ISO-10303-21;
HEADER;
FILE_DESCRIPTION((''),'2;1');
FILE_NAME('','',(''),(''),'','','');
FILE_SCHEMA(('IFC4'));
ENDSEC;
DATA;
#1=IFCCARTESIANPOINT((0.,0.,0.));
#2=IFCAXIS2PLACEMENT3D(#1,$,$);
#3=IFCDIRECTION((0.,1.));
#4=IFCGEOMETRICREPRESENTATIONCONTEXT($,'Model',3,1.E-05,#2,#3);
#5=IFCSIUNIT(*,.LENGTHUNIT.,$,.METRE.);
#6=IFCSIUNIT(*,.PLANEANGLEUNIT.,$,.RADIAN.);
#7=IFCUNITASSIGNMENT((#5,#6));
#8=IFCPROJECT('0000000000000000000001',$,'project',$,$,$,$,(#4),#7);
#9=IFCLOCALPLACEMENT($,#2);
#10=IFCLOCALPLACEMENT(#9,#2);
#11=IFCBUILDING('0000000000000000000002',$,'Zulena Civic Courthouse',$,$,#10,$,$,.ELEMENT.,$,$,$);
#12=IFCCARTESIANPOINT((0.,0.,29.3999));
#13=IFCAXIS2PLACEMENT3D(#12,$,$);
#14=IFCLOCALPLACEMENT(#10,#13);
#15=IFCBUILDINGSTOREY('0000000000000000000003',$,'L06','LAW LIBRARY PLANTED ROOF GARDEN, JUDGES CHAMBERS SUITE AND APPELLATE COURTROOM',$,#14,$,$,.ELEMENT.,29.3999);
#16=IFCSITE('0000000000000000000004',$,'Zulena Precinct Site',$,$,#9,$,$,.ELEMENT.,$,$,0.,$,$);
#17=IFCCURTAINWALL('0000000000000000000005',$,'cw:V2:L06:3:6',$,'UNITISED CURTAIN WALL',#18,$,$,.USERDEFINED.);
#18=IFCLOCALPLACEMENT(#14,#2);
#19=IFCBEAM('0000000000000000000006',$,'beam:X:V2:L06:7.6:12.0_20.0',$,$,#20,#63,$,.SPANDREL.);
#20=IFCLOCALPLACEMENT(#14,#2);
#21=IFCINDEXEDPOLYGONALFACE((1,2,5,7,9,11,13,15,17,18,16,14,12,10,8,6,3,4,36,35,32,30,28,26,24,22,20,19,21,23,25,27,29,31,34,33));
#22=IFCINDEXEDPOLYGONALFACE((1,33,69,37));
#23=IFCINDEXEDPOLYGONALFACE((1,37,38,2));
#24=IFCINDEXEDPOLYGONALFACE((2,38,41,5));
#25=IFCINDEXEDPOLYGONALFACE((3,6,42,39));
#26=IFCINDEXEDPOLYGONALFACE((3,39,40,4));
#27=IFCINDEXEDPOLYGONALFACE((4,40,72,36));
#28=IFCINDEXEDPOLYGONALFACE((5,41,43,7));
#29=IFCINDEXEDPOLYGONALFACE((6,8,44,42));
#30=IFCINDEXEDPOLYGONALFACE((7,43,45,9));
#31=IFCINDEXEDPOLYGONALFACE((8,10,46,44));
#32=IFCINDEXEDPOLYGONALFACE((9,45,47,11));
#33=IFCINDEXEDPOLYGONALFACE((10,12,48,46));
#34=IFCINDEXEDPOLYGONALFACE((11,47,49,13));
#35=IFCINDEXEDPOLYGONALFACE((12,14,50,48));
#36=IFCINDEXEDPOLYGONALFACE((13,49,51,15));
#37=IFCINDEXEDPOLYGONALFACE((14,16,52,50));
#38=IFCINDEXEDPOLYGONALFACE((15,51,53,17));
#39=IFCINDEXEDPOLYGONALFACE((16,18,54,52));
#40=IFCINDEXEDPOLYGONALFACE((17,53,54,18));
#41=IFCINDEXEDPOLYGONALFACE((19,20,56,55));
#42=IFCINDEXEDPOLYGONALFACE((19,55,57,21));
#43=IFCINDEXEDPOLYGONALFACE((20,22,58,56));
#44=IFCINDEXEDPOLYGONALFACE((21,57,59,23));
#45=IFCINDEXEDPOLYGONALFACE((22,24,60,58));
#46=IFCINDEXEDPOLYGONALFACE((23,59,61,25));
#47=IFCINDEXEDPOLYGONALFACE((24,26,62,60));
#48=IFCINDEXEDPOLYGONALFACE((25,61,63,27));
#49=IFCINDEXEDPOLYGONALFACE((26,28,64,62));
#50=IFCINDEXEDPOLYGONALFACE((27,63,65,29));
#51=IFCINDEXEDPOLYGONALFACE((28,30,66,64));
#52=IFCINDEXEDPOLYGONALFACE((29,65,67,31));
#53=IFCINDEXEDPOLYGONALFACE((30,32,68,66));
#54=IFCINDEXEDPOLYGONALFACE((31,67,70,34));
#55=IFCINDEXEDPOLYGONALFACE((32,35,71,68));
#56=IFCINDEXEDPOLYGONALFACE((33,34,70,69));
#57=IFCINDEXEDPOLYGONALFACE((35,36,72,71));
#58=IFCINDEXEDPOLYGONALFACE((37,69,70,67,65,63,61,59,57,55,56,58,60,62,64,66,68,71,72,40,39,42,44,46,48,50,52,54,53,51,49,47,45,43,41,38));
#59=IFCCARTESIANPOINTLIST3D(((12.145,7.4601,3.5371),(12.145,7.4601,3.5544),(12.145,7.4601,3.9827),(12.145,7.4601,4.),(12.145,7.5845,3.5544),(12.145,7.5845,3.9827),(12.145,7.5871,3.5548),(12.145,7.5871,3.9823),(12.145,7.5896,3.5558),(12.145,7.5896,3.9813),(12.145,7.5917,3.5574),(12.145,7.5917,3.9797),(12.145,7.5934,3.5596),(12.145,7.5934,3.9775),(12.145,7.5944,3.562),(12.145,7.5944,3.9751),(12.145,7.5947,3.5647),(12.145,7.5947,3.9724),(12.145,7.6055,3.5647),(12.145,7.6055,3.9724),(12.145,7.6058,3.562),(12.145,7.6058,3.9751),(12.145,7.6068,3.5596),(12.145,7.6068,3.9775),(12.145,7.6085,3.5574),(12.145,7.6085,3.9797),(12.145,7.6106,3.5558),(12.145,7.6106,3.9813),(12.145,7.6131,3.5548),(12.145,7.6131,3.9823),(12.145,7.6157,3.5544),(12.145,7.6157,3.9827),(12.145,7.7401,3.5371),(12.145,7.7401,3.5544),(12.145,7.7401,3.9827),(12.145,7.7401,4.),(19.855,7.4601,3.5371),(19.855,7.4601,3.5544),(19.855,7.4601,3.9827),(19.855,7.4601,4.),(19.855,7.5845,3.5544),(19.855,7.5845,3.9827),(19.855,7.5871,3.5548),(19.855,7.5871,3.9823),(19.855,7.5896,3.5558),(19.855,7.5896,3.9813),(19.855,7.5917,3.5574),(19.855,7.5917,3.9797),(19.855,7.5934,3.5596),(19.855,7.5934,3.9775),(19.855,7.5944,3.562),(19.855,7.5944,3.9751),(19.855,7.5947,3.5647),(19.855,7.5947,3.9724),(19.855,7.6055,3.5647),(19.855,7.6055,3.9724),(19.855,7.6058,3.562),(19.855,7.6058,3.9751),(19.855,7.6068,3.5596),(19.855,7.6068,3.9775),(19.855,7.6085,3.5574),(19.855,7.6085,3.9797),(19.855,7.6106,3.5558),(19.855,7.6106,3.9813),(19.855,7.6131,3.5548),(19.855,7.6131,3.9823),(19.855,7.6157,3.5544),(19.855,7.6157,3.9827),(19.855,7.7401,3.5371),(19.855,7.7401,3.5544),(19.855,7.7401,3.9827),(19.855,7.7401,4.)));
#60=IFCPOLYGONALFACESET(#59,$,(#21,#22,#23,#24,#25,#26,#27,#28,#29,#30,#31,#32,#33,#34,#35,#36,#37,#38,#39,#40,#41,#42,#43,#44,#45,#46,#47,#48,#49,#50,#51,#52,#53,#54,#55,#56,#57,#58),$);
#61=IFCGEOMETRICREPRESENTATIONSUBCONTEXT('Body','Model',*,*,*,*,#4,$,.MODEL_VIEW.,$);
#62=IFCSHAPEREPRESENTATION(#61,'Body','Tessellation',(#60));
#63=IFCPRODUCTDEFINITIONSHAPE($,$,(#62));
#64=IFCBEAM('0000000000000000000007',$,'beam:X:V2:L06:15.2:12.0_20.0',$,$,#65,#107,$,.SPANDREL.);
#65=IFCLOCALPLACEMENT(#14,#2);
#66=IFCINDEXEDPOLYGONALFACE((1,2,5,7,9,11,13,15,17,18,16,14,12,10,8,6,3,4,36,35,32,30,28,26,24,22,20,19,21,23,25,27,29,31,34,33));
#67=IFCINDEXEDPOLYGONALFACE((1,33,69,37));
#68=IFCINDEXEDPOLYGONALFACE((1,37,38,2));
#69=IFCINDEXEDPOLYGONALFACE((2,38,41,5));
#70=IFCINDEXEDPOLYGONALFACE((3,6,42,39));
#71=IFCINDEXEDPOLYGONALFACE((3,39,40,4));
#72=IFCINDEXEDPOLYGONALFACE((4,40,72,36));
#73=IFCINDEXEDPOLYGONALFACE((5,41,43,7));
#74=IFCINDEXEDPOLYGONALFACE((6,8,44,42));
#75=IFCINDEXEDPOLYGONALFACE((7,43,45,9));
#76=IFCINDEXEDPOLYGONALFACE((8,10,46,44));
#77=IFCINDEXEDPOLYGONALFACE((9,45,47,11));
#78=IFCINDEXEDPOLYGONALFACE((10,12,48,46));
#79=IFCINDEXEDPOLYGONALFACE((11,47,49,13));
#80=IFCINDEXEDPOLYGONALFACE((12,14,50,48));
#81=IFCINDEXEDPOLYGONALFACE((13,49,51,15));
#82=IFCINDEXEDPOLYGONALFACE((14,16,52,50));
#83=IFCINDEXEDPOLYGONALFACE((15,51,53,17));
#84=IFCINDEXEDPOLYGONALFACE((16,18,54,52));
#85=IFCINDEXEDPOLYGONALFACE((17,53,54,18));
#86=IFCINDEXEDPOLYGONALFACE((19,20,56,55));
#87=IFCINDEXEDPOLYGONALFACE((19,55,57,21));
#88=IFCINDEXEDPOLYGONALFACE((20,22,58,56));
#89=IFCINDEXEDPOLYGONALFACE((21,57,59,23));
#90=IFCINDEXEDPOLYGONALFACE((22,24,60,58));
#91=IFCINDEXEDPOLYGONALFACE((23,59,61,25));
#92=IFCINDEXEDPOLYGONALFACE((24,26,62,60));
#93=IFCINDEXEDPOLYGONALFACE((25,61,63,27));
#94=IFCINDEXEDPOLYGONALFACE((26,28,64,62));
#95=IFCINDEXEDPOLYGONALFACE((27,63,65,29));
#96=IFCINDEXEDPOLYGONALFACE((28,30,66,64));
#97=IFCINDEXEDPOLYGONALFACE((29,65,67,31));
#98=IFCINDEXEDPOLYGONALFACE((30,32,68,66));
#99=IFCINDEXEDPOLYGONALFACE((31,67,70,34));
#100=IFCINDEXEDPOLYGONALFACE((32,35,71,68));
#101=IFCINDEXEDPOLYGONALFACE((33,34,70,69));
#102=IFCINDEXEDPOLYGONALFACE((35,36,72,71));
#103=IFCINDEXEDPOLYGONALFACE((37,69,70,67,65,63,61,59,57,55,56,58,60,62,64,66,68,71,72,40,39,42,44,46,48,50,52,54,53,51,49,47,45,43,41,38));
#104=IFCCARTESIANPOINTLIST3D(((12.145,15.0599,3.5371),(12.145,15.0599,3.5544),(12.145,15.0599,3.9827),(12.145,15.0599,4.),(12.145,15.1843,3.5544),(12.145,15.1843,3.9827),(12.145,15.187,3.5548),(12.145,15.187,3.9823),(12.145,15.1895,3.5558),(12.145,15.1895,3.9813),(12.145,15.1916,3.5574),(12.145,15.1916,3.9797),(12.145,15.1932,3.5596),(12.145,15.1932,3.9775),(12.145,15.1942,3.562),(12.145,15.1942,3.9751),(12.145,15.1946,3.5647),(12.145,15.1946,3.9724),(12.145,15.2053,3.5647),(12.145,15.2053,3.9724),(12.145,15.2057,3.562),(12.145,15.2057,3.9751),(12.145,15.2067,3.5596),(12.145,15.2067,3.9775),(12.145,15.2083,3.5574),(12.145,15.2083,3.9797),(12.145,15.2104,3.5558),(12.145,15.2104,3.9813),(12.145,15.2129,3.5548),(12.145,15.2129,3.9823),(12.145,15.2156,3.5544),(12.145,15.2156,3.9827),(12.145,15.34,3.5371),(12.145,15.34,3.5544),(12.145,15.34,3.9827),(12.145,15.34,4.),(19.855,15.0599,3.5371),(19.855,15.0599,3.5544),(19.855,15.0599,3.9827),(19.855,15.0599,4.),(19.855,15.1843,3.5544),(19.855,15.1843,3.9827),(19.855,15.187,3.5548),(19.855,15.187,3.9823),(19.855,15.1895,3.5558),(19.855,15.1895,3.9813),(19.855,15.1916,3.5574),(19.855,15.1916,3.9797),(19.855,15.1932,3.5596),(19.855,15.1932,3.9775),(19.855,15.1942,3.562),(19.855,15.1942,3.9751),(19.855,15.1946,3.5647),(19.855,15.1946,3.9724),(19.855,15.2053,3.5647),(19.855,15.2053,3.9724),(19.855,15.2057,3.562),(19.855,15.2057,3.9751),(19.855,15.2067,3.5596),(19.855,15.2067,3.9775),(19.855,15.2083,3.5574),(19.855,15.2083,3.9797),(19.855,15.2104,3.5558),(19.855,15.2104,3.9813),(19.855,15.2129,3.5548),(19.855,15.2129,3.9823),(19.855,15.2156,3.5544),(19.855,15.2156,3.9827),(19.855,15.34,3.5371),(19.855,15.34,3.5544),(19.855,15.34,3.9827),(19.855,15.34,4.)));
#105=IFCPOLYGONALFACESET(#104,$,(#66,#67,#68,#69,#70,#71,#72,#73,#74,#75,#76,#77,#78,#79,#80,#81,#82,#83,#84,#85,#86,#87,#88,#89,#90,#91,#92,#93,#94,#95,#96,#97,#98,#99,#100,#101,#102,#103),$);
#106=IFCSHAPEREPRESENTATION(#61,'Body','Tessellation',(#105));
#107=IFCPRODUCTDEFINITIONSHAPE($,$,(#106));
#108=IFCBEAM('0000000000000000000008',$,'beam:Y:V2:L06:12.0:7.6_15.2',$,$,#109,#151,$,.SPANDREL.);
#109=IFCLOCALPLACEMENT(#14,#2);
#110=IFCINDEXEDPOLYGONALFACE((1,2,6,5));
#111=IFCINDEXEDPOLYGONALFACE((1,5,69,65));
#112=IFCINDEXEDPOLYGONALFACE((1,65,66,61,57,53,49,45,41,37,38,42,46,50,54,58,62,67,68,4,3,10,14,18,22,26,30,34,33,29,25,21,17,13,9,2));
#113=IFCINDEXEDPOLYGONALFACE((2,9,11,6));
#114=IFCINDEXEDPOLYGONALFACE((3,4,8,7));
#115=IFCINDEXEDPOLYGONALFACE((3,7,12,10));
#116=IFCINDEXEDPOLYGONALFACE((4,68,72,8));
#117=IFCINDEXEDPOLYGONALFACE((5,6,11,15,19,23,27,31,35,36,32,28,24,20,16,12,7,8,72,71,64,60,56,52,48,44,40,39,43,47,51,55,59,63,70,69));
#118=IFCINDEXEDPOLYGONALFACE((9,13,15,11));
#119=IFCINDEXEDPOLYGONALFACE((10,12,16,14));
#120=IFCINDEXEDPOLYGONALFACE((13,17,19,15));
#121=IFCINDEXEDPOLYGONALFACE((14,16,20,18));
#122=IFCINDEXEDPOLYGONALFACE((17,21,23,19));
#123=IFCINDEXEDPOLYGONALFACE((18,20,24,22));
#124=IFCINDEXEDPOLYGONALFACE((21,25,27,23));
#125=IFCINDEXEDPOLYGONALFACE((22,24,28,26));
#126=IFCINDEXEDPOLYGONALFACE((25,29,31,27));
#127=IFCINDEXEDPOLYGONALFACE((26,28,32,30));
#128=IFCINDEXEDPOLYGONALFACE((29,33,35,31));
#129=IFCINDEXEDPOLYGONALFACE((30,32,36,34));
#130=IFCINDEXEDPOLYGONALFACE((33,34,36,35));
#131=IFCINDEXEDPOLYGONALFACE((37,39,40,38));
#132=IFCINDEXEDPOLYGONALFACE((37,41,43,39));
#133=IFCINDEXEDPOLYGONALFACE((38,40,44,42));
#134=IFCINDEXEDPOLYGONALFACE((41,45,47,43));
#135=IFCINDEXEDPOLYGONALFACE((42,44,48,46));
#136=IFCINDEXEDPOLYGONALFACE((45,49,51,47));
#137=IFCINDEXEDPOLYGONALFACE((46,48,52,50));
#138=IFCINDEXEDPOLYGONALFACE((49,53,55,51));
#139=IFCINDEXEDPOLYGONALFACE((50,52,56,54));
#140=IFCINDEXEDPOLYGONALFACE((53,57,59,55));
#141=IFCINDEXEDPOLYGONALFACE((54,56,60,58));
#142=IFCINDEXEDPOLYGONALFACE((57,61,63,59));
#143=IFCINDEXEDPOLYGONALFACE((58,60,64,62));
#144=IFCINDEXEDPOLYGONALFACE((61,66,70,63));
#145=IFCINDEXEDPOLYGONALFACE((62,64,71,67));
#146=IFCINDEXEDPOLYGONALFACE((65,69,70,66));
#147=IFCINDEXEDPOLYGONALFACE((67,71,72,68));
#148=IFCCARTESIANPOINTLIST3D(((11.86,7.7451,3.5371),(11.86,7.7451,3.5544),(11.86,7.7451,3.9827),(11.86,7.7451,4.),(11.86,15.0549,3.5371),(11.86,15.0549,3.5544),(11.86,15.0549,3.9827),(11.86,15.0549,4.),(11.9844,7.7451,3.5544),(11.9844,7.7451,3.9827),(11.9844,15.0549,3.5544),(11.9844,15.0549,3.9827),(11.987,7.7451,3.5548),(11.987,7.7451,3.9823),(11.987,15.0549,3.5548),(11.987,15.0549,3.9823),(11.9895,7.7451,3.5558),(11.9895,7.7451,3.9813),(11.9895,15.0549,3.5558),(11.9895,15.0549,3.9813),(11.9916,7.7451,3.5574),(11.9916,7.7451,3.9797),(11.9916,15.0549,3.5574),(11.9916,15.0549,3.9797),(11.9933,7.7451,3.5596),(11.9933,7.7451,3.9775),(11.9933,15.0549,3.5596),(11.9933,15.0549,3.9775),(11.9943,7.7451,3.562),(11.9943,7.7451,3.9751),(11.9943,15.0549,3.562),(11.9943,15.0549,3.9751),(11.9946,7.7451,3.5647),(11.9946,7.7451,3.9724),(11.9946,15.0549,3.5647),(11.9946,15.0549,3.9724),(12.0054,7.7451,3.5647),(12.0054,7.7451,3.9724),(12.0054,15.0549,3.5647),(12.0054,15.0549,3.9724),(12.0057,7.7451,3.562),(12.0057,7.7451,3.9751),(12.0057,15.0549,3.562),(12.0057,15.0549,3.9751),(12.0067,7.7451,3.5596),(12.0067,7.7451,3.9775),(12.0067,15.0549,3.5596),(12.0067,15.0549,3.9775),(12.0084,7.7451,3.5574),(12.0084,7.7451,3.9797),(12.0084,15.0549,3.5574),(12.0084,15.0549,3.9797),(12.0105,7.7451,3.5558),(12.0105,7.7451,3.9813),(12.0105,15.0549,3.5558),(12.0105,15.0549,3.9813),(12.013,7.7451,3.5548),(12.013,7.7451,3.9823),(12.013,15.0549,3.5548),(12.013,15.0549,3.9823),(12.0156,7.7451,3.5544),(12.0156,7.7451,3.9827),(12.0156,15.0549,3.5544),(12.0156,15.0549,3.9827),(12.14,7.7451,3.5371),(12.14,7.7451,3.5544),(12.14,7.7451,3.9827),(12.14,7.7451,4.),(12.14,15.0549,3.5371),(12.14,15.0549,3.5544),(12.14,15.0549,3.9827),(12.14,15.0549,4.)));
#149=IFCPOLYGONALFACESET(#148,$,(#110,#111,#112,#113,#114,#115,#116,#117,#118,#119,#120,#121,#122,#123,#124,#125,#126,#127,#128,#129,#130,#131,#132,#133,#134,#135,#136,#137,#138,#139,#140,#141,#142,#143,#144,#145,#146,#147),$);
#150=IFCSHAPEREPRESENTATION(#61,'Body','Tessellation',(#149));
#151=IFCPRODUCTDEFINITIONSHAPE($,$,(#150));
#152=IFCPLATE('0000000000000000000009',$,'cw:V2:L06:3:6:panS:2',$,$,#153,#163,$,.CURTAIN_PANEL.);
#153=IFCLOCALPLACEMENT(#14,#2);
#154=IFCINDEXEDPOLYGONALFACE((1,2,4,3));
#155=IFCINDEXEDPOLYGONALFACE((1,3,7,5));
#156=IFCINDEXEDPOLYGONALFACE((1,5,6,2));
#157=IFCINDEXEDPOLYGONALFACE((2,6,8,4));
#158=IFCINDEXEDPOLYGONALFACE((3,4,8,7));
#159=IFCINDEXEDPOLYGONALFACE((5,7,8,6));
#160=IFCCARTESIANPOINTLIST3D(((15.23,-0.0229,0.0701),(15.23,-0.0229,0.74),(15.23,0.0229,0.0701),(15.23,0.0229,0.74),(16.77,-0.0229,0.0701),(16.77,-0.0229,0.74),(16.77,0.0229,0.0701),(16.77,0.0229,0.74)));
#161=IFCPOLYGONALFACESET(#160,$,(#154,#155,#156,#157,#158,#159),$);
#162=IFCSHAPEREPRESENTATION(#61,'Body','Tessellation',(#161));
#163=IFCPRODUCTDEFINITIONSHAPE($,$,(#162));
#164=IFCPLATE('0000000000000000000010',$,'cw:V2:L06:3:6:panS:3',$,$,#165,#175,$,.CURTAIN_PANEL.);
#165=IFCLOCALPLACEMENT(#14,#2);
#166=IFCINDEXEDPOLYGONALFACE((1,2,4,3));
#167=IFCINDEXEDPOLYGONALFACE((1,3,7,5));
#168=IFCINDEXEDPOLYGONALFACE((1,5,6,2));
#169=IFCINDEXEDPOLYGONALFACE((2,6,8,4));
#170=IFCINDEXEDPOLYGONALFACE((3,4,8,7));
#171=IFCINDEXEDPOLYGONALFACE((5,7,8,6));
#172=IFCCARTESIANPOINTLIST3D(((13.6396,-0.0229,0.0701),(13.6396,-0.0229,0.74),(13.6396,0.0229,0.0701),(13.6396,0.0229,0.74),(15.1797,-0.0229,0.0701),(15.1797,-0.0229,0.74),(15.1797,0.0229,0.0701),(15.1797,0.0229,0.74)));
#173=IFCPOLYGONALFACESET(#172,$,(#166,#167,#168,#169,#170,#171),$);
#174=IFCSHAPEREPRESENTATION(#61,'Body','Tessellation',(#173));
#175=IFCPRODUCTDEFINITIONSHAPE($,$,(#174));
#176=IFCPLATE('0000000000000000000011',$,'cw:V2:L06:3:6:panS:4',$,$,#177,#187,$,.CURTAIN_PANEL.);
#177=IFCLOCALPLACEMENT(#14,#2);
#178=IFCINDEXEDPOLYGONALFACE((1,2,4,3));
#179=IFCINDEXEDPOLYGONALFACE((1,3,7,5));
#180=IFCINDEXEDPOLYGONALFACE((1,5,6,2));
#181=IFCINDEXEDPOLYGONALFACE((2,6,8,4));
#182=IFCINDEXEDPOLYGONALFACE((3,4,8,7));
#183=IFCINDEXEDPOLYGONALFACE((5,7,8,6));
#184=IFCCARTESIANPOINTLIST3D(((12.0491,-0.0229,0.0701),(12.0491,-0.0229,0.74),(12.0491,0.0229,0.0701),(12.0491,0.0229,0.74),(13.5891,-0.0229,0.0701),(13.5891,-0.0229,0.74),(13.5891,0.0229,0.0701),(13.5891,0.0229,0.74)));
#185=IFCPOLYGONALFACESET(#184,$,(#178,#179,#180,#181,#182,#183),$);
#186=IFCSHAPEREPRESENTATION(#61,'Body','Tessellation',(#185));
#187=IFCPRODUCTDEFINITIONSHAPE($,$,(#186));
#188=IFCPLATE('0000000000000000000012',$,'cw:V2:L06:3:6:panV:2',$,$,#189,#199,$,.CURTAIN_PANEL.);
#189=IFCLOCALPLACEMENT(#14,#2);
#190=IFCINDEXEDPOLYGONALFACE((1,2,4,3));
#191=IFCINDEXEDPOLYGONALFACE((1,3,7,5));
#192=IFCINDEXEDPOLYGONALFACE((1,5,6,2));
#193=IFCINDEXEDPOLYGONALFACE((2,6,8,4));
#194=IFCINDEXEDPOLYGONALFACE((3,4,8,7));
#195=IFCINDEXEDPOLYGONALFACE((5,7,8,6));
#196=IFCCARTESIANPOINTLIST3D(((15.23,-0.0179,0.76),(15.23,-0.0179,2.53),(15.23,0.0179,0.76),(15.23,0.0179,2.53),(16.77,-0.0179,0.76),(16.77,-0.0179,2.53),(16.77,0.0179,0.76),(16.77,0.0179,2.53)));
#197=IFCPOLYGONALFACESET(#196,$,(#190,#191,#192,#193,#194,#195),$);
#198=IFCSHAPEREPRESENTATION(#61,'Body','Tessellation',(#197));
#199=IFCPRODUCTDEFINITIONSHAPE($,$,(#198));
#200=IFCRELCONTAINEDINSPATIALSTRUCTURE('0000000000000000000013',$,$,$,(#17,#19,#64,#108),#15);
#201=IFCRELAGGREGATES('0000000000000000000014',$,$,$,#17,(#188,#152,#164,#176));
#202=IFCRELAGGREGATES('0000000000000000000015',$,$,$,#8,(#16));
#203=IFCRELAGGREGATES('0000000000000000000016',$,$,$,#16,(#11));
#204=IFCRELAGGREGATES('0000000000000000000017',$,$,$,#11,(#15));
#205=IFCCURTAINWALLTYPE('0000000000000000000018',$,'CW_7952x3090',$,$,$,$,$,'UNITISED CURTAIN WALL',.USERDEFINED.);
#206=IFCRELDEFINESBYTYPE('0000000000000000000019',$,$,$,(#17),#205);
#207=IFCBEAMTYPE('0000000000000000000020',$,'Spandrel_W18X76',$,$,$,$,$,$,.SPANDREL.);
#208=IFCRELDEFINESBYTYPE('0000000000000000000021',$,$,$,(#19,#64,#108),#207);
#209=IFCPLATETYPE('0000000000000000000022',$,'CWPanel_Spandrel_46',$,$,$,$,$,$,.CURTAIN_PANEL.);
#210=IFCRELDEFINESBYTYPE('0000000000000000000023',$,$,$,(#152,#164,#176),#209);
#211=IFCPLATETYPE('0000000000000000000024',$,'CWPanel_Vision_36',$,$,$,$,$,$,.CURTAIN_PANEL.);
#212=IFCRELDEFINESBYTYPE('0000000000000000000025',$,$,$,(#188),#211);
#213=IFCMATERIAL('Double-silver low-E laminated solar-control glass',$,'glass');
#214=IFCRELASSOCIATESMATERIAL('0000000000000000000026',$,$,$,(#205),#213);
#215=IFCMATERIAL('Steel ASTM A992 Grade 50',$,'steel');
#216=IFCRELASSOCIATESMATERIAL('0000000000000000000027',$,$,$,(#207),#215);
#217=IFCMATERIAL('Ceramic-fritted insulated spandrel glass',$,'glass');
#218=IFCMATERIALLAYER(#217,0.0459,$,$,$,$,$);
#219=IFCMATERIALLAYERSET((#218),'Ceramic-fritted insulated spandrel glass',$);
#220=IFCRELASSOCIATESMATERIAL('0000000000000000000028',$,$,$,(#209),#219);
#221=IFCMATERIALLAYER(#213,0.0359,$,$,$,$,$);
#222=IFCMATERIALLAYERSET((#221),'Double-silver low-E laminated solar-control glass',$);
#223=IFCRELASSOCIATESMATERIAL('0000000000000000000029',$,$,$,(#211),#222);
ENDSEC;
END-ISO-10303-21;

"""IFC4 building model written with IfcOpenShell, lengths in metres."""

from ifc_helpers import new_model, si_unit, direction, frame, origin, origin_2d, place, context, subcontext, project, spatial, rectangle, i_section, extrude, material, layer, layer_set, material_profile, profile_set, type_object, element, aggregate, save


model = new_model("IFC4")

# Units and contexts
model_context = context("Model", 3, precision=1e-05, world=origin(), true_north=direction((0.0, 1.0)))
body_context = subcontext(model_context, "Body", "Model", "MODEL_VIEW")
ifc_project = project(units=[si_unit("LENGTHUNIT", "METRE"), si_unit("PLANEANGLEUNIT", "RADIAN")], contexts=[model_context])

# Site, building, storey
site_placement = place(None, origin())
site = spatial("IfcSite", under=ifc_project, at=site_placement, Name="Zulena Precinct Site", CompositionType="ELEMENT", RefElevation=0.0)
building_placement = place(site_placement, origin())
building = spatial("IfcBuilding", under=site, at=building_placement, Name="Zulena Civic Courthouse", CompositionType="ELEMENT")
storey_placement = place(building_placement, frame((0.0, 0.0, 29.3999)))
storey = spatial("IfcBuildingStorey", under=building, at=storey_placement, Name="L06", Description="LAW LIBRARY PLANTED ROOF GARDEN, JUDGES CHAMBERS SUITE AND APPELLATE COURTROOM", CompositionType="ELEMENT", Elevation=29.3999)

# Shared definitions
ifc_material_1 = material(Name="Steel ASTM A992 Grade 50", Category="steel")

# Curtain wall
ifc_material_2 = material(Name="Double-silver low-E laminated solar-control glass", Category="glass")
curtain_wall_type = type_object("IfcCurtainWallType", Name="CW_7952x3090", ElementType="UNITISED CURTAIN WALL", PredefinedType="USERDEFINED", material=ifc_material_2)
curtain_wall_placement = place(storey_placement, origin())
curtain_wall = element("IfcCurtainWall", 1, at=curtain_wall_placement, inside=storey, type_object=curtain_wall_type, Name="cw:V2:L06:3:6", ObjectType="UNITISED CURTAIN WALL", PredefinedType="USERDEFINED")

# Beams
ifc_material_profile_1 = material_profile(ifc_material_1, i_section(OverallWidth=0.28, OverallDepth=0.4629, WebThickness=0.0107, FlangeThickness=0.0173, FilletRadius=0.0103, at=origin_2d()), Name="W18X76")
ifc_profile_set_1 = profile_set([ifc_material_profile_1], Name="Steel ASTM A992 Grade 50")
beam_type = type_object("IfcBeamType", Name="Spandrel_W18X76", PredefinedType="SPANDREL", material=ifc_profile_set_1)
for number, where, z_axis, x_axis, name in (
    (2, (12.145, 7.6001, 3.7686), (1.0, 0.0, 0.0), (0.0, 1.0, 0.0), "beam:X:V2:L06:7.6:12.0_20.0"),
    (3, (12.145, 15.2, 3.7686), (1.0, 0.0, 0.0), (0.0, 1.0, 0.0), "beam:X:V2:L06:15.2:12.0_20.0"),
):
    element("IfcBeam", number, at=place(storey_placement, frame(where, z_axis=z_axis, x_axis=x_axis)), inside=storey, type_object=beam_type, Name=name, PredefinedType="SPANDREL", context=body_context, shape_type="SweptSolid", body=[
        extrude(i_section(OverallWidth=0.28, OverallDepth=0.4629, WebThickness=0.0107, FlangeThickness=0.0173, FilletRadius=0.0103, at=origin_2d()), origin(), (0.0, 0.0, 1.0), 7.71),
    ])
beam_placement = place(storey_placement, frame((12.0, 7.7451, 3.7686), z_axis=(0.0, 1.0, 0.0), x_axis=(-1.0, 0.0, 0.0)))
element("IfcBeam", 4, at=beam_placement, inside=storey, type_object=beam_type, Name="beam:Y:V2:L06:12.0:7.6_15.2", PredefinedType="SPANDREL", context=body_context, shape_type="SweptSolid", body=[
    extrude(i_section(OverallWidth=0.28, OverallDepth=0.4629, WebThickness=0.0107, FlangeThickness=0.0173, FilletRadius=0.0103, at=origin_2d()), origin(), (0.0, 0.0, 1.0), 7.3098),
])

# Plates
ifc_material_3 = material(Name="Ceramic-fritted insulated spandrel glass", Category="glass")
ifc_layer_1 = layer(ifc_material_3, 0.0459)
ifc_layer_set_1 = layer_set([ifc_layer_1], Name="Ceramic-fritted insulated spandrel glass")
plate_type_1 = type_object("IfcPlateType", Name="CWPanel_Spandrel_46", PredefinedType="CURTAIN_PANEL", material=ifc_layer_set_1)
plate_1_placement = place(storey_placement, frame((16.0, 0.0, 0.0701), z_axis=(0.0, 0.0, 1.0), x_axis=(-1.0, 0.0, 0.0)))
plate_1 = element("IfcPlate", 5, at=plate_1_placement, type_object=plate_type_1, Name="cw:V2:L06:3:6:panS:2", PredefinedType="CURTAIN_PANEL", context=body_context, shape_type="SweptSolid", body=[
    extrude(rectangle(XDim=1.54, YDim=0.0459, at=origin_2d()), origin(), (0.0, 0.0, 1.0), 0.6699),
])
plate_2_placement = place(storey_placement, frame((14.4097, 0.0, 0.0701), z_axis=(0.0, 0.0, 1.0), x_axis=(-1.0, 0.0, 0.0)))
plate_2 = element("IfcPlate", 6, at=plate_2_placement, type_object=plate_type_1, Name="cw:V2:L06:3:6:panS:3", PredefinedType="CURTAIN_PANEL", context=body_context, shape_type="SweptSolid", body=[
    extrude(rectangle(XDim=1.54, YDim=0.0459, at=origin_2d()), origin(), (0.0, 0.0, 1.0), 0.6699),
])
plate_3_placement = place(storey_placement, frame((12.8191, 0.0, 0.0701), z_axis=(0.0, 0.0, 1.0), x_axis=(-1.0, 0.0, 0.0)))
plate_3 = element("IfcPlate", 7, at=plate_3_placement, type_object=plate_type_1, Name="cw:V2:L06:3:6:panS:4", PredefinedType="CURTAIN_PANEL", context=body_context, shape_type="SweptSolid", body=[
    extrude(rectangle(XDim=1.54, YDim=0.0459, at=origin_2d()), origin(), (0.0, 0.0, 1.0), 0.6699),
])
ifc_layer_2 = layer(ifc_material_2, 0.0359)
ifc_layer_set_2 = layer_set([ifc_layer_2], Name="Double-silver low-E laminated solar-control glass")
plate_type_2 = type_object("IfcPlateType", Name="CWPanel_Vision_36", PredefinedType="CURTAIN_PANEL", material=ifc_layer_set_2)
plate_4_placement = place(storey_placement, frame((16.0, 0.0, 0.76), z_axis=(0.0, 0.0, 1.0), x_axis=(-1.0, 0.0, 0.0)))
plate_4 = element("IfcPlate", 8, at=plate_4_placement, type_object=plate_type_2, Name="cw:V2:L06:3:6:panV:2", PredefinedType="CURTAIN_PANEL", context=body_context, shape_type="SweptSolid", body=[
    extrude(rectangle(XDim=1.54, YDim=0.0359, at=origin_2d()), origin(), (0.0, 0.0, 1.0), 1.77),
])
aggregate(curtain_wall, [plate_4, plate_1, plate_2, plate_3])

save(model, "model.ifc")
